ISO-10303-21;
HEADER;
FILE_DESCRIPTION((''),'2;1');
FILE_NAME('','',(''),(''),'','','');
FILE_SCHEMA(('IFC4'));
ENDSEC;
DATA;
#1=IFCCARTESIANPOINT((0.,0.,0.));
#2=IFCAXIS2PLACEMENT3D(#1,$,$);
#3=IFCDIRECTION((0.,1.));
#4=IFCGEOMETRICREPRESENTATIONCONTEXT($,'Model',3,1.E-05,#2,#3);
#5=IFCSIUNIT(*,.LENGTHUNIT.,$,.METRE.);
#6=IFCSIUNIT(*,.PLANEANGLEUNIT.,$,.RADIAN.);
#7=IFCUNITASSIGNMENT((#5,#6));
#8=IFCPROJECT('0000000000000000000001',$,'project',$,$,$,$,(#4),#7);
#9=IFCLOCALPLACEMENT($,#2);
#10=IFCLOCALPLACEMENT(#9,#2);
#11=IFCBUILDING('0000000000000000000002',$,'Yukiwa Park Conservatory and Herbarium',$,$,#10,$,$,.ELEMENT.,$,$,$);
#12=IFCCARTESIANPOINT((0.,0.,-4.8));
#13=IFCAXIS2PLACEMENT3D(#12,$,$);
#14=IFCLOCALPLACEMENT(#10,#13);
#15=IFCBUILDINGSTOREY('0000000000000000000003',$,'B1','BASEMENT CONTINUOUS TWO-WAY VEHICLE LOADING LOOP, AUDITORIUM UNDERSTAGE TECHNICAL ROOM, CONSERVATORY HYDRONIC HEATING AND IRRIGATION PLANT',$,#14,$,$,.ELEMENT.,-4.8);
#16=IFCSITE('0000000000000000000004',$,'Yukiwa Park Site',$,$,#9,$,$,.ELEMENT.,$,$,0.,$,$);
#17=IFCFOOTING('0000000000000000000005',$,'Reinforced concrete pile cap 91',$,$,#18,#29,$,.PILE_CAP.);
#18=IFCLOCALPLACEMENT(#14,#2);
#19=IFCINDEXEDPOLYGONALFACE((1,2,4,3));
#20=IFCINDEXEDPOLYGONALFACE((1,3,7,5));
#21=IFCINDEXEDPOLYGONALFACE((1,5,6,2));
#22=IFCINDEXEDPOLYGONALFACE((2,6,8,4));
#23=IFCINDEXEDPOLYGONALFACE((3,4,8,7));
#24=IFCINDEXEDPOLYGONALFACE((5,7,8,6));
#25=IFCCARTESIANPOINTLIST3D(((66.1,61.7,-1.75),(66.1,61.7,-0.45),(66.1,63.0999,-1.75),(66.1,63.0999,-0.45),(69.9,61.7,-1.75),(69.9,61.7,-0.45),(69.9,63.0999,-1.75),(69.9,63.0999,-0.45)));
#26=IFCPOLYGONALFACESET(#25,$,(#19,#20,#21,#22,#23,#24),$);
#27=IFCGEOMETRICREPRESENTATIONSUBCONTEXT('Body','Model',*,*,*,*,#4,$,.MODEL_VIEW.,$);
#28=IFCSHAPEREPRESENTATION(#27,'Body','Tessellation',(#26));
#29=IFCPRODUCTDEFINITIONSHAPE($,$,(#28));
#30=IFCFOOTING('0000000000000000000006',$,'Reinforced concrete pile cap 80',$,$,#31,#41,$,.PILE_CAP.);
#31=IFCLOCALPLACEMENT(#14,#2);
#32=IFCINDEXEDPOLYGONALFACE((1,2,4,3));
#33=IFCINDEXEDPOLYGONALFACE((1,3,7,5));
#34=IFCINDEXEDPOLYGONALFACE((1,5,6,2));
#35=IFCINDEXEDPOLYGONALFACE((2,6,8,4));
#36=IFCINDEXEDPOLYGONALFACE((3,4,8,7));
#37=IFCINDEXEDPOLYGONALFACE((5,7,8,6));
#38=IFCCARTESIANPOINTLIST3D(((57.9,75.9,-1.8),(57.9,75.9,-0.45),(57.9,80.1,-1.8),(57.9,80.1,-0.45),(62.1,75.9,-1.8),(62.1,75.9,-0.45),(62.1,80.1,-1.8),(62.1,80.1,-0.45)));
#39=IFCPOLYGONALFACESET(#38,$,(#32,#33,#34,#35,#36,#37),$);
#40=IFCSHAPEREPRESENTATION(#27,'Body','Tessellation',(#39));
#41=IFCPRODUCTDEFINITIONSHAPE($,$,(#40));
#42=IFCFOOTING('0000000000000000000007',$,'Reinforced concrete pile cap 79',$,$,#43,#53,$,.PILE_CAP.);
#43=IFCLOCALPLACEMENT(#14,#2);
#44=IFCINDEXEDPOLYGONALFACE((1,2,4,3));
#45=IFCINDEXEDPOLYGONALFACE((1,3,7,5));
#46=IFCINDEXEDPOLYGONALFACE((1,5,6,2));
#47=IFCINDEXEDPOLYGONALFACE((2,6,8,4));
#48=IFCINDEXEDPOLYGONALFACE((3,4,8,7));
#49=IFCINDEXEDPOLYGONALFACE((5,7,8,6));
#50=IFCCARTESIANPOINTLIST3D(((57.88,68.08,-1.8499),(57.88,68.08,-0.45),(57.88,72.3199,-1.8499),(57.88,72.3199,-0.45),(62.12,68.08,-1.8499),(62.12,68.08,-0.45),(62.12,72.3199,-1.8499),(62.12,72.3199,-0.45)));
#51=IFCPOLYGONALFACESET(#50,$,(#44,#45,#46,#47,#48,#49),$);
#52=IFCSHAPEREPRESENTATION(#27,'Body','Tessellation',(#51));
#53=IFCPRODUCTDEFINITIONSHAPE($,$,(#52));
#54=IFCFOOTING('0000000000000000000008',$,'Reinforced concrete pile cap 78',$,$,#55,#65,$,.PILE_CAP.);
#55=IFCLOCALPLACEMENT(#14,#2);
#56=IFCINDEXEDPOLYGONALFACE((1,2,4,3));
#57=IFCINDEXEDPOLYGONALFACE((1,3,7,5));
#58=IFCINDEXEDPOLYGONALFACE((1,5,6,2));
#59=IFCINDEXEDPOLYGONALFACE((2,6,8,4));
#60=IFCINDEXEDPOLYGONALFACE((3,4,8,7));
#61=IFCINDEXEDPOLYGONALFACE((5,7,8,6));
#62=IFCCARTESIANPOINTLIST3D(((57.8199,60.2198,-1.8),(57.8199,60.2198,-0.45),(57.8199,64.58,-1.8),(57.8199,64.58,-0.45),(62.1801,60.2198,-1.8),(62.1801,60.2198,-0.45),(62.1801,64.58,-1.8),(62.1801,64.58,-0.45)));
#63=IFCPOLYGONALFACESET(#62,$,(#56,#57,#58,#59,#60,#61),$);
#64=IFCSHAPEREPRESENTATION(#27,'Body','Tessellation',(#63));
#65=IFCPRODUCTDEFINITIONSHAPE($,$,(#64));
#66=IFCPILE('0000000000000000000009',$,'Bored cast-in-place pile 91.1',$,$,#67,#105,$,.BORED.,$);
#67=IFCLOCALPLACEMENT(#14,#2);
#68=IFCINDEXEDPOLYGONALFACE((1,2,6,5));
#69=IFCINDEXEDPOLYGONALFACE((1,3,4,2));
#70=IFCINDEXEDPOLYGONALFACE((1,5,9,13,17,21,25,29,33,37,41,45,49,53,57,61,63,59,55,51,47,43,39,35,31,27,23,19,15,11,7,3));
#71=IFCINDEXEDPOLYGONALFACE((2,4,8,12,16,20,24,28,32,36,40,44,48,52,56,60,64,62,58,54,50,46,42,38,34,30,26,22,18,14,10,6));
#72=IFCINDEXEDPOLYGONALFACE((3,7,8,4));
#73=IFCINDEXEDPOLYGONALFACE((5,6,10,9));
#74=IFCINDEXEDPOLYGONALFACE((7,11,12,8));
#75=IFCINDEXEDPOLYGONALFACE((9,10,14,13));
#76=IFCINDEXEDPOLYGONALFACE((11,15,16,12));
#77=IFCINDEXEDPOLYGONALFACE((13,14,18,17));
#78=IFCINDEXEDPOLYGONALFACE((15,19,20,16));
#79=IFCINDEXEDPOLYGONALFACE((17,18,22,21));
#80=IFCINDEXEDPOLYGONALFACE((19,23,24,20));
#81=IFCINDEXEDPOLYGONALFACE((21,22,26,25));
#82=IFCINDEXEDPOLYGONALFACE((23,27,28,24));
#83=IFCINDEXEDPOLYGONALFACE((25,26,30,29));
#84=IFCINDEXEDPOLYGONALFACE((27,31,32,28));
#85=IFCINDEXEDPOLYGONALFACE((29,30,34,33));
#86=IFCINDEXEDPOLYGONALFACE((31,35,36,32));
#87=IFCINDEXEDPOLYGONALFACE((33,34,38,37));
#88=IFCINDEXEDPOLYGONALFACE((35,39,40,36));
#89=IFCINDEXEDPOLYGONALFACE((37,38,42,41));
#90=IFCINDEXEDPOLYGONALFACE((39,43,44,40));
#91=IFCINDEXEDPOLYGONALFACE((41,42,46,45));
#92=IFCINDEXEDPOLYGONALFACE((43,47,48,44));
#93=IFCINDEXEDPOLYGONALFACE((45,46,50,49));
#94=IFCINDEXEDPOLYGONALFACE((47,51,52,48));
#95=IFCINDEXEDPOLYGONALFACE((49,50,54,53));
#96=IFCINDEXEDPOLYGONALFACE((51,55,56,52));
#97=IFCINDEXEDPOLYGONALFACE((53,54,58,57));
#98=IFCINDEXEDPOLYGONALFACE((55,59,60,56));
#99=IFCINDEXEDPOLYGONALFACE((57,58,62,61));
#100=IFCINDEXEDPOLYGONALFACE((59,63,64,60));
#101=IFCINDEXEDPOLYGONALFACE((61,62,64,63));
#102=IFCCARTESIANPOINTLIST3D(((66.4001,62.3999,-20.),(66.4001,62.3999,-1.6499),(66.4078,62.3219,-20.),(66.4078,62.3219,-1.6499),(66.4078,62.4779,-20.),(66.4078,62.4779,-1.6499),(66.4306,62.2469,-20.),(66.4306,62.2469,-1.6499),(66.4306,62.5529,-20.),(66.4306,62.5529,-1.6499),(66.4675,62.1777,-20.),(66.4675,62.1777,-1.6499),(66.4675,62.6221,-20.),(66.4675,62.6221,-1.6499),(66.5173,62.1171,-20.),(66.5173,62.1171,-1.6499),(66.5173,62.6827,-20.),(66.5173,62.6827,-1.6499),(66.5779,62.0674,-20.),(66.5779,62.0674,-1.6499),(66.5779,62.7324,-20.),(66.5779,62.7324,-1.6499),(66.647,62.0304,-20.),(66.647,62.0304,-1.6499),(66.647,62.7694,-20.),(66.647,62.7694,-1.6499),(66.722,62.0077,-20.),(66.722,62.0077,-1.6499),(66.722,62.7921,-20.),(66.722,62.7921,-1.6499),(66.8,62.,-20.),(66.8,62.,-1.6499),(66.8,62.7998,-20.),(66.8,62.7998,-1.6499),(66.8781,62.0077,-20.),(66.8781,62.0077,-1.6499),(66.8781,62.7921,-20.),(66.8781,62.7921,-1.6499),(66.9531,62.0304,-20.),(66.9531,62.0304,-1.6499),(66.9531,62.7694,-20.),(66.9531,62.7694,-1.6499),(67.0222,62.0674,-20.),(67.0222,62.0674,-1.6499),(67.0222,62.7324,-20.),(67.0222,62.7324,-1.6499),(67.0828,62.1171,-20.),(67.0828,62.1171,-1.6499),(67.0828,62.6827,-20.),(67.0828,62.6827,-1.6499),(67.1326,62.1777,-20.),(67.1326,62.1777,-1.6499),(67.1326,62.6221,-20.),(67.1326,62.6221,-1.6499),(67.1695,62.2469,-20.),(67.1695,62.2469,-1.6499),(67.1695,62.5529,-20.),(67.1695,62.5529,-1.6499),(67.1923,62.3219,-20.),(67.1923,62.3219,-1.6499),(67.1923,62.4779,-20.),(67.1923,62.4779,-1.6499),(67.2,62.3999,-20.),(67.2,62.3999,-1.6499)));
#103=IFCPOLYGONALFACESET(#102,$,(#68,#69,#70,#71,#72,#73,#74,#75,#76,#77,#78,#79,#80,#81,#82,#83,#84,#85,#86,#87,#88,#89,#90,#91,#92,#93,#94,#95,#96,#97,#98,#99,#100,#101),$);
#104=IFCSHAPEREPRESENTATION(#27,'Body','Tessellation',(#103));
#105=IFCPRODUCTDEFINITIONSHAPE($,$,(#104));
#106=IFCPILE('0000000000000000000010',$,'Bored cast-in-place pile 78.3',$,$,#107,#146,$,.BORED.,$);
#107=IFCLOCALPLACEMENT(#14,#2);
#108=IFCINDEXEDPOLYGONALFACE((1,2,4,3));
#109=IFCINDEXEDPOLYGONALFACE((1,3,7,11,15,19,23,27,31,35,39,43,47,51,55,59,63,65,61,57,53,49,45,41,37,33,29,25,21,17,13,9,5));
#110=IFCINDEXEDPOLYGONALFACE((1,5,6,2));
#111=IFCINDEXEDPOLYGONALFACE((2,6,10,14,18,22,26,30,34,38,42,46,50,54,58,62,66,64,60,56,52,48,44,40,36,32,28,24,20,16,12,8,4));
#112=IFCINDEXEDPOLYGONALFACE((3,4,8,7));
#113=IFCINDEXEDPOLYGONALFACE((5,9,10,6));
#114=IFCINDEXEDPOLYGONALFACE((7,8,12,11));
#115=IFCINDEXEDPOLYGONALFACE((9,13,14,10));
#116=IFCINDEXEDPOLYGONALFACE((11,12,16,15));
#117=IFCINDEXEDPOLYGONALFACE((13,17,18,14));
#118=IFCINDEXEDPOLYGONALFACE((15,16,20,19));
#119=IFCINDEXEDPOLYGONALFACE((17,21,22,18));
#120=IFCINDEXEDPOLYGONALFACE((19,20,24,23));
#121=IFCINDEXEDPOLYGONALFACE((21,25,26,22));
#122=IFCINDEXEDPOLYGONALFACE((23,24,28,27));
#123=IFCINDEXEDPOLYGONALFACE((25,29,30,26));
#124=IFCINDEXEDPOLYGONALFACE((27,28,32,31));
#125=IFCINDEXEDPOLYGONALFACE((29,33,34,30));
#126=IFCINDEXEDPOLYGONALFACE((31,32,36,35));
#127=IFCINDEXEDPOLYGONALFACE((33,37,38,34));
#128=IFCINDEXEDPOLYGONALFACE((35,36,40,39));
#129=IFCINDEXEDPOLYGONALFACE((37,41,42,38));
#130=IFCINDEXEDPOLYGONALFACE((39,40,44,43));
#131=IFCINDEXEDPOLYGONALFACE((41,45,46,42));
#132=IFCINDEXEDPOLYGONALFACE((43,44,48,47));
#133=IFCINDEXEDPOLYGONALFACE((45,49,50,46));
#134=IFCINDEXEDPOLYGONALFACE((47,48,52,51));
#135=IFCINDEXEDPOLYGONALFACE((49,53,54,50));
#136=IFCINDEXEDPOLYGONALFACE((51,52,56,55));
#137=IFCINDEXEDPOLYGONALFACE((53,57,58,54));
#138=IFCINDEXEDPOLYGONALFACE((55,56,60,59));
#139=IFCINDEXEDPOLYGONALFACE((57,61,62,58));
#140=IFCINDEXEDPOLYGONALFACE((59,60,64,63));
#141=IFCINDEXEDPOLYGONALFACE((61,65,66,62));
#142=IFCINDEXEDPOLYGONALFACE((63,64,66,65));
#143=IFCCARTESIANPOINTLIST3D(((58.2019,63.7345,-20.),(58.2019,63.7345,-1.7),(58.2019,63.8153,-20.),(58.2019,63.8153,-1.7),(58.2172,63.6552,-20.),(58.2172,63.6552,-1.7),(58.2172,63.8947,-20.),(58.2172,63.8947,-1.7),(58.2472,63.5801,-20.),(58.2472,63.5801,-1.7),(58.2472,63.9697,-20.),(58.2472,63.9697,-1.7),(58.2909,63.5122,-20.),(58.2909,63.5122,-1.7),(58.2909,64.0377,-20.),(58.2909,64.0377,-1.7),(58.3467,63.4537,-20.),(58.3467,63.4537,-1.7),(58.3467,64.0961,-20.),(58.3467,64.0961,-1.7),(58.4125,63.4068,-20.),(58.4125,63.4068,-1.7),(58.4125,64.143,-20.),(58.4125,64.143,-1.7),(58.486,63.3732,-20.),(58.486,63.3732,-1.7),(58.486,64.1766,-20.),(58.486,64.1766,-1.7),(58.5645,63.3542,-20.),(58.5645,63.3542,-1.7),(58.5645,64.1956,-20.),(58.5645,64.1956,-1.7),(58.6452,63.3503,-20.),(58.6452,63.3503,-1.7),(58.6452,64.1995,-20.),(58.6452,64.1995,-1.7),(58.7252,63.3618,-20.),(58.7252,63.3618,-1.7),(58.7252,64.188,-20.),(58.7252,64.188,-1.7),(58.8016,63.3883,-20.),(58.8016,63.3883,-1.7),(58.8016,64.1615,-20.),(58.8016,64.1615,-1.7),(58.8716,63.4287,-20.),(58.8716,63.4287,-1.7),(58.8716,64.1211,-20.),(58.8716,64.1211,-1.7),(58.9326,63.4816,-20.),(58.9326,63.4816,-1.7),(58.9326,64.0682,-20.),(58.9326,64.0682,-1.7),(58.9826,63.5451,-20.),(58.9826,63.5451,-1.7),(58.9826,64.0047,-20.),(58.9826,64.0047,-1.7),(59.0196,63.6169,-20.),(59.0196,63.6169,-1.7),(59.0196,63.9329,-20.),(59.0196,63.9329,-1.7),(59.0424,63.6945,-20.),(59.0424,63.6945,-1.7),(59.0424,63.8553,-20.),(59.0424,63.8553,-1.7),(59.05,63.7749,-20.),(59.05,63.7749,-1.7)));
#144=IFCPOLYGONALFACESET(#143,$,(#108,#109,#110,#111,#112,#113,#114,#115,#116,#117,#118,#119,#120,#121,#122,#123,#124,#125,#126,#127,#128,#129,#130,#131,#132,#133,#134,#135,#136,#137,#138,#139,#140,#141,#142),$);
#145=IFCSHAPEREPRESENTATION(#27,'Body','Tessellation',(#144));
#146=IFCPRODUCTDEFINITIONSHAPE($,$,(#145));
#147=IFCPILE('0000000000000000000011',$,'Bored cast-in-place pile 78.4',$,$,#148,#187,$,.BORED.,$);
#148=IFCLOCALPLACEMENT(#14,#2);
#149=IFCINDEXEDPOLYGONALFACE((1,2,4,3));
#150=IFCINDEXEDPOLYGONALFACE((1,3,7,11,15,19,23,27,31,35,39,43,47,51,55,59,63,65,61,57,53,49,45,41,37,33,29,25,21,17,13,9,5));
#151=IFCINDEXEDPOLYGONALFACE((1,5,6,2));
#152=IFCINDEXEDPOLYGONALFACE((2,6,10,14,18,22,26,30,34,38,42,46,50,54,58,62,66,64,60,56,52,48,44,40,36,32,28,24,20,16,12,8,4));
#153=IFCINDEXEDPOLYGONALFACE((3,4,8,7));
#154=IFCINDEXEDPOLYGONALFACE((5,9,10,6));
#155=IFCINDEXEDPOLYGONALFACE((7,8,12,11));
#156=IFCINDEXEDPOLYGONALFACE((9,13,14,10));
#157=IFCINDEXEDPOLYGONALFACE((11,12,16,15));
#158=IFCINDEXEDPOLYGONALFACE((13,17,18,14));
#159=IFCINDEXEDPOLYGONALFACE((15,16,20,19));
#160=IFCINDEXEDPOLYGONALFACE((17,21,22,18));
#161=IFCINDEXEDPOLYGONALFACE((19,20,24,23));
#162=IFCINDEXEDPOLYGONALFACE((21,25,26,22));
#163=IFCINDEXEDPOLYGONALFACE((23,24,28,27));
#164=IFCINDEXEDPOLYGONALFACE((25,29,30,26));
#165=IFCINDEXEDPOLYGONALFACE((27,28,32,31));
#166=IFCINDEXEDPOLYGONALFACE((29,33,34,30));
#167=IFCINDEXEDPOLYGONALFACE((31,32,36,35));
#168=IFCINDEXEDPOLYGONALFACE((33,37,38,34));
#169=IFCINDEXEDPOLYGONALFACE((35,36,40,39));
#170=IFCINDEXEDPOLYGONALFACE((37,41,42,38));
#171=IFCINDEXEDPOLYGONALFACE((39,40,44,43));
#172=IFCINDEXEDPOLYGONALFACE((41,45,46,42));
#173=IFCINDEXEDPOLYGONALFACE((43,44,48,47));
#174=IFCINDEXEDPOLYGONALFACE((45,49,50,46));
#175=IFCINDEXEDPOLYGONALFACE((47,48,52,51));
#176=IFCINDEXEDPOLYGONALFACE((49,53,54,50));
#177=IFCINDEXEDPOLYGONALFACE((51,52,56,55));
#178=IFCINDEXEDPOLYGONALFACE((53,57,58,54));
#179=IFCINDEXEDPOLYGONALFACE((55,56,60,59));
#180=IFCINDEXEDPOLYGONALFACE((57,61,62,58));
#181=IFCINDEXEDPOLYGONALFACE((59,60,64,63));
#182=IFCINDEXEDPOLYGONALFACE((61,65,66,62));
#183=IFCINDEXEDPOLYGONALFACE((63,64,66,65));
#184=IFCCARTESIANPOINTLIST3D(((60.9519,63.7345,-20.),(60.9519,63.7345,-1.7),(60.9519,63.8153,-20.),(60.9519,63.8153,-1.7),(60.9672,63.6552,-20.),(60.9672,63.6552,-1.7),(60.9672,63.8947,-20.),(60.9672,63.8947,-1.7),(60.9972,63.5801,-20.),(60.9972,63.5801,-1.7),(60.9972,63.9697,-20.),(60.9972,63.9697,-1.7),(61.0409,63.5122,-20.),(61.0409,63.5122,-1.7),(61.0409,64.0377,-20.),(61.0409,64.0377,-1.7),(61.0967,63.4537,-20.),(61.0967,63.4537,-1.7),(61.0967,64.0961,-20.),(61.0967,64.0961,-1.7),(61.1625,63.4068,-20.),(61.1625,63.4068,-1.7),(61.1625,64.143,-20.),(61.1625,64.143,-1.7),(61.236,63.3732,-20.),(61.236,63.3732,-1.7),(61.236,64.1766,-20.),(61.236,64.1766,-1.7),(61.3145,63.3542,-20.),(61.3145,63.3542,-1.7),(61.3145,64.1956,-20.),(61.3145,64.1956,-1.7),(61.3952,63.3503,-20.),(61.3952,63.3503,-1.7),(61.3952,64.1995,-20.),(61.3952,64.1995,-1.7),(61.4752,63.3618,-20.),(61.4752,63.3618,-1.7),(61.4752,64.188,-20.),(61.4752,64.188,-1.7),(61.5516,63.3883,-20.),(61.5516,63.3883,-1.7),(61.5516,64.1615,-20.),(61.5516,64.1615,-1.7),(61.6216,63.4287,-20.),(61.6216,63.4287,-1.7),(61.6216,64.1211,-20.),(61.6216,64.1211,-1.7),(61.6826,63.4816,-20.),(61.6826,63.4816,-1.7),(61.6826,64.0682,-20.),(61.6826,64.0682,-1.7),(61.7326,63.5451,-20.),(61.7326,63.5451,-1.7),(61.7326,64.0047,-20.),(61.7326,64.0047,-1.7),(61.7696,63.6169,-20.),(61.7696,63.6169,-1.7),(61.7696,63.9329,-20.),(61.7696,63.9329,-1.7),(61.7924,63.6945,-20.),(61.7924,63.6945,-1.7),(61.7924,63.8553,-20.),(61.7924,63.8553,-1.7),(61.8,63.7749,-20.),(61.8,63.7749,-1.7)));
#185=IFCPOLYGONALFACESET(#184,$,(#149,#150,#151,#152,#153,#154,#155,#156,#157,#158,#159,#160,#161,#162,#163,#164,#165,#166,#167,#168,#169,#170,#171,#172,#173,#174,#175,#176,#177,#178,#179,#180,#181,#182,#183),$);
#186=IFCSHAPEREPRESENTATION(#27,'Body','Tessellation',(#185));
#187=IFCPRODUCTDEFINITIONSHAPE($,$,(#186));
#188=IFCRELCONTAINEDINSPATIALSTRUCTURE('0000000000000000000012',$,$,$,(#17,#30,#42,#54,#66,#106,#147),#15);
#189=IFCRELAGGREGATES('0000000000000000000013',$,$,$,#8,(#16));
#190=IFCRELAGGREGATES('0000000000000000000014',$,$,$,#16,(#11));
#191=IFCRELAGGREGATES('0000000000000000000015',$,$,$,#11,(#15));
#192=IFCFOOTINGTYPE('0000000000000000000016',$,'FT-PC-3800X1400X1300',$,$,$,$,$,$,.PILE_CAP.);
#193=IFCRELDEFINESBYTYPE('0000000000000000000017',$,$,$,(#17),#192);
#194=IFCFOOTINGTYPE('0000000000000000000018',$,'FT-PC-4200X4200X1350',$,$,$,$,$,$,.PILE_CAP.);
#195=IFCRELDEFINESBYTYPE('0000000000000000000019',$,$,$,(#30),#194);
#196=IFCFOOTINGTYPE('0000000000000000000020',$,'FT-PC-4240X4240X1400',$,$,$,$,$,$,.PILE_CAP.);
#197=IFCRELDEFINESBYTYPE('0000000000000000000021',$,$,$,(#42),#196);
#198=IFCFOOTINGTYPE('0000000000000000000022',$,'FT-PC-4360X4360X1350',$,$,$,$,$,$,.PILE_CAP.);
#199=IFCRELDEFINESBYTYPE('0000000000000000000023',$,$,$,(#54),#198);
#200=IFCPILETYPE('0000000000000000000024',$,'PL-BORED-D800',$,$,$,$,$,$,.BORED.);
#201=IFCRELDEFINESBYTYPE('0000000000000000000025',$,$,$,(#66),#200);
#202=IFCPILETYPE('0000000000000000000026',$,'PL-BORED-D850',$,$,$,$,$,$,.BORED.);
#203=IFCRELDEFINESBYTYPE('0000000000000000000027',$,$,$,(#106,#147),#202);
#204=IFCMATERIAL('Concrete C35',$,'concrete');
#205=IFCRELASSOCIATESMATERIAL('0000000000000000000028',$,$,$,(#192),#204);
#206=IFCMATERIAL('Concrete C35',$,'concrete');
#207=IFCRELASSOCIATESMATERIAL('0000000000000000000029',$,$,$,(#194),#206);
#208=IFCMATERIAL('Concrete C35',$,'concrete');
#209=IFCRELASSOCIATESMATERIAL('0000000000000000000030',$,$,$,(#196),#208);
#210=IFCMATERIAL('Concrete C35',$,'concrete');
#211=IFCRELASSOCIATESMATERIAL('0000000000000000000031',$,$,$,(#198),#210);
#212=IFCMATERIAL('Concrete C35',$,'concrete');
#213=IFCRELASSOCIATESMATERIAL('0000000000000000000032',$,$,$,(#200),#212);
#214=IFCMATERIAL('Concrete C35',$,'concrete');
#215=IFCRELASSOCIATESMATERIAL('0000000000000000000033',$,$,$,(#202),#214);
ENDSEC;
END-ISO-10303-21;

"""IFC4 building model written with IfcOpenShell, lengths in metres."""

from ifc_helpers import new_model, si_unit, direction, frame, origin, origin_2d, place, context, subcontext, project, spatial, rectangle, circle, extrude, material, material_profile, profile_set, type_object, element, save


model = new_model("IFC4")

# Units and contexts
model_context = context("Model", 3, precision=1e-05, world=origin(), true_north=direction((0.0, 1.0)))
body_context = subcontext(model_context, "Body", "Model", "MODEL_VIEW")
ifc_project = project(units=[si_unit("LENGTHUNIT", "METRE"), si_unit("PLANEANGLEUNIT", "RADIAN")], contexts=[model_context])

# Site, building, storey
site_placement = place(None, origin())
site = spatial("IfcSite", under=ifc_project, at=site_placement, Name="Yukiwa Park Site", CompositionType="ELEMENT", RefElevation=0.0)
building_placement = place(site_placement, origin())
building = spatial("IfcBuilding", under=site, at=building_placement, Name="Yukiwa Park Conservatory and Herbarium", CompositionType="ELEMENT")
storey_placement = place(building_placement, frame((0.0, 0.0, -4.8)))
storey = spatial("IfcBuildingStorey", under=building, at=storey_placement, Name="B1", Description="BASEMENT CONTINUOUS TWO-WAY VEHICLE LOADING LOOP, AUDITORIUM UNDERSTAGE TECHNICAL ROOM, CONSERVATORY HYDRONIC HEATING AND IRRIGATION PLANT", CompositionType="ELEMENT", Elevation=-4.8)

# Footings
ifc_material_1 = material(Name="Concrete C35", Category="concrete")
footing_type_1 = type_object("IfcFootingType", Name="FT-PC-3800X1400X1300", PredefinedType="PILE_CAP", material=ifc_material_1)
footing_1_placement = place(storey_placement, frame((68.0, 62.3999, -1.75), z_axis=(0.0, 0.0, 1.0), x_axis=(1.0, 0.0, 0.0)))
element("IfcFooting", 1, at=footing_1_placement, inside=storey, type_object=footing_type_1, Name="Reinforced concrete pile cap 91", PredefinedType="PILE_CAP", context=body_context, shape_type="SweptSolid", body=[
    extrude(rectangle(XDim=3.8, YDim=1.3999, at=origin_2d()), origin(), (0.0, 0.0, 1.0), 1.3),
])
ifc_material_2 = material(Name="Concrete C35", Category="concrete")
footing_type_2 = type_object("IfcFootingType", Name="FT-PC-4200X4200X1350", PredefinedType="PILE_CAP", material=ifc_material_2)
footing_2_placement = place(storey_placement, frame((60.0, 78.0, -1.8), z_axis=(0.0, 0.0, 1.0), x_axis=(1.0, 0.0, 0.0)))
element("IfcFooting", 2, at=footing_2_placement, inside=storey, type_object=footing_type_2, Name="Reinforced concrete pile cap 80", PredefinedType="PILE_CAP", context=body_context, shape_type="SweptSolid", body=[
    extrude(rectangle(XDim=4.2, YDim=4.2, at=origin_2d()), origin(), (0.0, 0.0, 1.0), 1.3501),
])
ifc_material_3 = material(Name="Concrete C35", Category="concrete")
footing_type_3 = type_object("IfcFootingType", Name="FT-PC-4240X4240X1400", PredefinedType="PILE_CAP", material=ifc_material_3)
footing_3_placement = place(storey_placement, frame((60.0, 70.2, -1.8499), z_axis=(0.0, 0.0, 1.0), x_axis=(1.0, 0.0, 0.0)))
element("IfcFooting", 3, at=footing_3_placement, inside=storey, type_object=footing_type_3, Name="Reinforced concrete pile cap 79", PredefinedType="PILE_CAP", context=body_context, shape_type="SweptSolid", body=[
    extrude(rectangle(XDim=4.24, YDim=4.24, at=origin_2d()), origin(), (0.0, 0.0, 1.0), 1.3999),
])
ifc_material_4 = material(Name="Concrete C35", Category="concrete")
footing_type_4 = type_object("IfcFootingType", Name="FT-PC-4360X4360X1350", PredefinedType="PILE_CAP", material=ifc_material_4)
footing_4_placement = place(storey_placement, frame((60.0, 62.3999, -1.8), z_axis=(0.0, 0.0, 1.0), x_axis=(1.0, 0.0, 0.0)))
element("IfcFooting", 4, at=footing_4_placement, inside=storey, type_object=footing_type_4, Name="Reinforced concrete pile cap 78", PredefinedType="PILE_CAP", context=body_context, shape_type="SweptSolid", body=[
    extrude(rectangle(XDim=4.3601, YDim=4.3601, at=origin_2d()), origin(), (0.0, 0.0, 1.0), 1.3501),
])

# Piles
ifc_material_5 = material(Name="Concrete C35", Category="concrete")
ifc_material_profile_1 = material_profile(ifc_material_5, circle(Radius=0.3999, at=origin_2d()), Name="PILE D800")
ifc_profile_set_1 = profile_set([ifc_material_profile_1], Name="Concrete C35")
pile_type_1 = type_object("IfcPileType", Name="PL-BORED-D800", PredefinedType="BORED", material=ifc_profile_set_1)
pile_placement = place(storey_placement, frame((66.8, 62.3999, -1.6499), z_axis=(0.0, 0.0, -1.0), x_axis=(1.0, 0.0, 0.0)))
element("IfcPile", 5, at=pile_placement, inside=storey, type_object=pile_type_1, Name="Bored cast-in-place pile 91.1", PredefinedType="BORED", context=body_context, shape_type="SweptSolid", body=[
    extrude(circle(Radius=0.3999, at=origin_2d()), origin(), (0.0, 0.0, 1.0), 18.3501),
])
ifc_material_6 = material(Name="Concrete C35", Category="concrete")
ifc_material_profile_2 = material_profile(ifc_material_6, circle(Radius=0.425, at=origin_2d()), Name="PILE D850")
ifc_profile_set_2 = profile_set([ifc_material_profile_2], Name="Concrete C35")
pile_type_2 = type_object("IfcPileType", Name="PL-BORED-D850", PredefinedType="BORED", material=ifc_profile_set_2)
for number, where, z_axis, x_axis, name in (
    (6, (58.625, 63.7749, -1.7), (0.0, 0.0, -1.0), (1.0, 0.0, 0.0), "Bored cast-in-place pile 78.3"),
    (7, (61.375, 63.7749, -1.7), (0.0, 0.0, -1.0), (1.0, 0.0, 0.0), "Bored cast-in-place pile 78.4"),
):
    element("IfcPile", number, at=place(storey_placement, frame(where, z_axis=z_axis, x_axis=x_axis)), inside=storey, type_object=pile_type_2, Name=name, PredefinedType="BORED", context=body_context, shape_type="SweptSolid", body=[
        extrude(circle(Radius=0.425, at=origin_2d()), origin(), (0.0, 0.0, 1.0), 18.3),
    ])

save(model, "model.ifc")
